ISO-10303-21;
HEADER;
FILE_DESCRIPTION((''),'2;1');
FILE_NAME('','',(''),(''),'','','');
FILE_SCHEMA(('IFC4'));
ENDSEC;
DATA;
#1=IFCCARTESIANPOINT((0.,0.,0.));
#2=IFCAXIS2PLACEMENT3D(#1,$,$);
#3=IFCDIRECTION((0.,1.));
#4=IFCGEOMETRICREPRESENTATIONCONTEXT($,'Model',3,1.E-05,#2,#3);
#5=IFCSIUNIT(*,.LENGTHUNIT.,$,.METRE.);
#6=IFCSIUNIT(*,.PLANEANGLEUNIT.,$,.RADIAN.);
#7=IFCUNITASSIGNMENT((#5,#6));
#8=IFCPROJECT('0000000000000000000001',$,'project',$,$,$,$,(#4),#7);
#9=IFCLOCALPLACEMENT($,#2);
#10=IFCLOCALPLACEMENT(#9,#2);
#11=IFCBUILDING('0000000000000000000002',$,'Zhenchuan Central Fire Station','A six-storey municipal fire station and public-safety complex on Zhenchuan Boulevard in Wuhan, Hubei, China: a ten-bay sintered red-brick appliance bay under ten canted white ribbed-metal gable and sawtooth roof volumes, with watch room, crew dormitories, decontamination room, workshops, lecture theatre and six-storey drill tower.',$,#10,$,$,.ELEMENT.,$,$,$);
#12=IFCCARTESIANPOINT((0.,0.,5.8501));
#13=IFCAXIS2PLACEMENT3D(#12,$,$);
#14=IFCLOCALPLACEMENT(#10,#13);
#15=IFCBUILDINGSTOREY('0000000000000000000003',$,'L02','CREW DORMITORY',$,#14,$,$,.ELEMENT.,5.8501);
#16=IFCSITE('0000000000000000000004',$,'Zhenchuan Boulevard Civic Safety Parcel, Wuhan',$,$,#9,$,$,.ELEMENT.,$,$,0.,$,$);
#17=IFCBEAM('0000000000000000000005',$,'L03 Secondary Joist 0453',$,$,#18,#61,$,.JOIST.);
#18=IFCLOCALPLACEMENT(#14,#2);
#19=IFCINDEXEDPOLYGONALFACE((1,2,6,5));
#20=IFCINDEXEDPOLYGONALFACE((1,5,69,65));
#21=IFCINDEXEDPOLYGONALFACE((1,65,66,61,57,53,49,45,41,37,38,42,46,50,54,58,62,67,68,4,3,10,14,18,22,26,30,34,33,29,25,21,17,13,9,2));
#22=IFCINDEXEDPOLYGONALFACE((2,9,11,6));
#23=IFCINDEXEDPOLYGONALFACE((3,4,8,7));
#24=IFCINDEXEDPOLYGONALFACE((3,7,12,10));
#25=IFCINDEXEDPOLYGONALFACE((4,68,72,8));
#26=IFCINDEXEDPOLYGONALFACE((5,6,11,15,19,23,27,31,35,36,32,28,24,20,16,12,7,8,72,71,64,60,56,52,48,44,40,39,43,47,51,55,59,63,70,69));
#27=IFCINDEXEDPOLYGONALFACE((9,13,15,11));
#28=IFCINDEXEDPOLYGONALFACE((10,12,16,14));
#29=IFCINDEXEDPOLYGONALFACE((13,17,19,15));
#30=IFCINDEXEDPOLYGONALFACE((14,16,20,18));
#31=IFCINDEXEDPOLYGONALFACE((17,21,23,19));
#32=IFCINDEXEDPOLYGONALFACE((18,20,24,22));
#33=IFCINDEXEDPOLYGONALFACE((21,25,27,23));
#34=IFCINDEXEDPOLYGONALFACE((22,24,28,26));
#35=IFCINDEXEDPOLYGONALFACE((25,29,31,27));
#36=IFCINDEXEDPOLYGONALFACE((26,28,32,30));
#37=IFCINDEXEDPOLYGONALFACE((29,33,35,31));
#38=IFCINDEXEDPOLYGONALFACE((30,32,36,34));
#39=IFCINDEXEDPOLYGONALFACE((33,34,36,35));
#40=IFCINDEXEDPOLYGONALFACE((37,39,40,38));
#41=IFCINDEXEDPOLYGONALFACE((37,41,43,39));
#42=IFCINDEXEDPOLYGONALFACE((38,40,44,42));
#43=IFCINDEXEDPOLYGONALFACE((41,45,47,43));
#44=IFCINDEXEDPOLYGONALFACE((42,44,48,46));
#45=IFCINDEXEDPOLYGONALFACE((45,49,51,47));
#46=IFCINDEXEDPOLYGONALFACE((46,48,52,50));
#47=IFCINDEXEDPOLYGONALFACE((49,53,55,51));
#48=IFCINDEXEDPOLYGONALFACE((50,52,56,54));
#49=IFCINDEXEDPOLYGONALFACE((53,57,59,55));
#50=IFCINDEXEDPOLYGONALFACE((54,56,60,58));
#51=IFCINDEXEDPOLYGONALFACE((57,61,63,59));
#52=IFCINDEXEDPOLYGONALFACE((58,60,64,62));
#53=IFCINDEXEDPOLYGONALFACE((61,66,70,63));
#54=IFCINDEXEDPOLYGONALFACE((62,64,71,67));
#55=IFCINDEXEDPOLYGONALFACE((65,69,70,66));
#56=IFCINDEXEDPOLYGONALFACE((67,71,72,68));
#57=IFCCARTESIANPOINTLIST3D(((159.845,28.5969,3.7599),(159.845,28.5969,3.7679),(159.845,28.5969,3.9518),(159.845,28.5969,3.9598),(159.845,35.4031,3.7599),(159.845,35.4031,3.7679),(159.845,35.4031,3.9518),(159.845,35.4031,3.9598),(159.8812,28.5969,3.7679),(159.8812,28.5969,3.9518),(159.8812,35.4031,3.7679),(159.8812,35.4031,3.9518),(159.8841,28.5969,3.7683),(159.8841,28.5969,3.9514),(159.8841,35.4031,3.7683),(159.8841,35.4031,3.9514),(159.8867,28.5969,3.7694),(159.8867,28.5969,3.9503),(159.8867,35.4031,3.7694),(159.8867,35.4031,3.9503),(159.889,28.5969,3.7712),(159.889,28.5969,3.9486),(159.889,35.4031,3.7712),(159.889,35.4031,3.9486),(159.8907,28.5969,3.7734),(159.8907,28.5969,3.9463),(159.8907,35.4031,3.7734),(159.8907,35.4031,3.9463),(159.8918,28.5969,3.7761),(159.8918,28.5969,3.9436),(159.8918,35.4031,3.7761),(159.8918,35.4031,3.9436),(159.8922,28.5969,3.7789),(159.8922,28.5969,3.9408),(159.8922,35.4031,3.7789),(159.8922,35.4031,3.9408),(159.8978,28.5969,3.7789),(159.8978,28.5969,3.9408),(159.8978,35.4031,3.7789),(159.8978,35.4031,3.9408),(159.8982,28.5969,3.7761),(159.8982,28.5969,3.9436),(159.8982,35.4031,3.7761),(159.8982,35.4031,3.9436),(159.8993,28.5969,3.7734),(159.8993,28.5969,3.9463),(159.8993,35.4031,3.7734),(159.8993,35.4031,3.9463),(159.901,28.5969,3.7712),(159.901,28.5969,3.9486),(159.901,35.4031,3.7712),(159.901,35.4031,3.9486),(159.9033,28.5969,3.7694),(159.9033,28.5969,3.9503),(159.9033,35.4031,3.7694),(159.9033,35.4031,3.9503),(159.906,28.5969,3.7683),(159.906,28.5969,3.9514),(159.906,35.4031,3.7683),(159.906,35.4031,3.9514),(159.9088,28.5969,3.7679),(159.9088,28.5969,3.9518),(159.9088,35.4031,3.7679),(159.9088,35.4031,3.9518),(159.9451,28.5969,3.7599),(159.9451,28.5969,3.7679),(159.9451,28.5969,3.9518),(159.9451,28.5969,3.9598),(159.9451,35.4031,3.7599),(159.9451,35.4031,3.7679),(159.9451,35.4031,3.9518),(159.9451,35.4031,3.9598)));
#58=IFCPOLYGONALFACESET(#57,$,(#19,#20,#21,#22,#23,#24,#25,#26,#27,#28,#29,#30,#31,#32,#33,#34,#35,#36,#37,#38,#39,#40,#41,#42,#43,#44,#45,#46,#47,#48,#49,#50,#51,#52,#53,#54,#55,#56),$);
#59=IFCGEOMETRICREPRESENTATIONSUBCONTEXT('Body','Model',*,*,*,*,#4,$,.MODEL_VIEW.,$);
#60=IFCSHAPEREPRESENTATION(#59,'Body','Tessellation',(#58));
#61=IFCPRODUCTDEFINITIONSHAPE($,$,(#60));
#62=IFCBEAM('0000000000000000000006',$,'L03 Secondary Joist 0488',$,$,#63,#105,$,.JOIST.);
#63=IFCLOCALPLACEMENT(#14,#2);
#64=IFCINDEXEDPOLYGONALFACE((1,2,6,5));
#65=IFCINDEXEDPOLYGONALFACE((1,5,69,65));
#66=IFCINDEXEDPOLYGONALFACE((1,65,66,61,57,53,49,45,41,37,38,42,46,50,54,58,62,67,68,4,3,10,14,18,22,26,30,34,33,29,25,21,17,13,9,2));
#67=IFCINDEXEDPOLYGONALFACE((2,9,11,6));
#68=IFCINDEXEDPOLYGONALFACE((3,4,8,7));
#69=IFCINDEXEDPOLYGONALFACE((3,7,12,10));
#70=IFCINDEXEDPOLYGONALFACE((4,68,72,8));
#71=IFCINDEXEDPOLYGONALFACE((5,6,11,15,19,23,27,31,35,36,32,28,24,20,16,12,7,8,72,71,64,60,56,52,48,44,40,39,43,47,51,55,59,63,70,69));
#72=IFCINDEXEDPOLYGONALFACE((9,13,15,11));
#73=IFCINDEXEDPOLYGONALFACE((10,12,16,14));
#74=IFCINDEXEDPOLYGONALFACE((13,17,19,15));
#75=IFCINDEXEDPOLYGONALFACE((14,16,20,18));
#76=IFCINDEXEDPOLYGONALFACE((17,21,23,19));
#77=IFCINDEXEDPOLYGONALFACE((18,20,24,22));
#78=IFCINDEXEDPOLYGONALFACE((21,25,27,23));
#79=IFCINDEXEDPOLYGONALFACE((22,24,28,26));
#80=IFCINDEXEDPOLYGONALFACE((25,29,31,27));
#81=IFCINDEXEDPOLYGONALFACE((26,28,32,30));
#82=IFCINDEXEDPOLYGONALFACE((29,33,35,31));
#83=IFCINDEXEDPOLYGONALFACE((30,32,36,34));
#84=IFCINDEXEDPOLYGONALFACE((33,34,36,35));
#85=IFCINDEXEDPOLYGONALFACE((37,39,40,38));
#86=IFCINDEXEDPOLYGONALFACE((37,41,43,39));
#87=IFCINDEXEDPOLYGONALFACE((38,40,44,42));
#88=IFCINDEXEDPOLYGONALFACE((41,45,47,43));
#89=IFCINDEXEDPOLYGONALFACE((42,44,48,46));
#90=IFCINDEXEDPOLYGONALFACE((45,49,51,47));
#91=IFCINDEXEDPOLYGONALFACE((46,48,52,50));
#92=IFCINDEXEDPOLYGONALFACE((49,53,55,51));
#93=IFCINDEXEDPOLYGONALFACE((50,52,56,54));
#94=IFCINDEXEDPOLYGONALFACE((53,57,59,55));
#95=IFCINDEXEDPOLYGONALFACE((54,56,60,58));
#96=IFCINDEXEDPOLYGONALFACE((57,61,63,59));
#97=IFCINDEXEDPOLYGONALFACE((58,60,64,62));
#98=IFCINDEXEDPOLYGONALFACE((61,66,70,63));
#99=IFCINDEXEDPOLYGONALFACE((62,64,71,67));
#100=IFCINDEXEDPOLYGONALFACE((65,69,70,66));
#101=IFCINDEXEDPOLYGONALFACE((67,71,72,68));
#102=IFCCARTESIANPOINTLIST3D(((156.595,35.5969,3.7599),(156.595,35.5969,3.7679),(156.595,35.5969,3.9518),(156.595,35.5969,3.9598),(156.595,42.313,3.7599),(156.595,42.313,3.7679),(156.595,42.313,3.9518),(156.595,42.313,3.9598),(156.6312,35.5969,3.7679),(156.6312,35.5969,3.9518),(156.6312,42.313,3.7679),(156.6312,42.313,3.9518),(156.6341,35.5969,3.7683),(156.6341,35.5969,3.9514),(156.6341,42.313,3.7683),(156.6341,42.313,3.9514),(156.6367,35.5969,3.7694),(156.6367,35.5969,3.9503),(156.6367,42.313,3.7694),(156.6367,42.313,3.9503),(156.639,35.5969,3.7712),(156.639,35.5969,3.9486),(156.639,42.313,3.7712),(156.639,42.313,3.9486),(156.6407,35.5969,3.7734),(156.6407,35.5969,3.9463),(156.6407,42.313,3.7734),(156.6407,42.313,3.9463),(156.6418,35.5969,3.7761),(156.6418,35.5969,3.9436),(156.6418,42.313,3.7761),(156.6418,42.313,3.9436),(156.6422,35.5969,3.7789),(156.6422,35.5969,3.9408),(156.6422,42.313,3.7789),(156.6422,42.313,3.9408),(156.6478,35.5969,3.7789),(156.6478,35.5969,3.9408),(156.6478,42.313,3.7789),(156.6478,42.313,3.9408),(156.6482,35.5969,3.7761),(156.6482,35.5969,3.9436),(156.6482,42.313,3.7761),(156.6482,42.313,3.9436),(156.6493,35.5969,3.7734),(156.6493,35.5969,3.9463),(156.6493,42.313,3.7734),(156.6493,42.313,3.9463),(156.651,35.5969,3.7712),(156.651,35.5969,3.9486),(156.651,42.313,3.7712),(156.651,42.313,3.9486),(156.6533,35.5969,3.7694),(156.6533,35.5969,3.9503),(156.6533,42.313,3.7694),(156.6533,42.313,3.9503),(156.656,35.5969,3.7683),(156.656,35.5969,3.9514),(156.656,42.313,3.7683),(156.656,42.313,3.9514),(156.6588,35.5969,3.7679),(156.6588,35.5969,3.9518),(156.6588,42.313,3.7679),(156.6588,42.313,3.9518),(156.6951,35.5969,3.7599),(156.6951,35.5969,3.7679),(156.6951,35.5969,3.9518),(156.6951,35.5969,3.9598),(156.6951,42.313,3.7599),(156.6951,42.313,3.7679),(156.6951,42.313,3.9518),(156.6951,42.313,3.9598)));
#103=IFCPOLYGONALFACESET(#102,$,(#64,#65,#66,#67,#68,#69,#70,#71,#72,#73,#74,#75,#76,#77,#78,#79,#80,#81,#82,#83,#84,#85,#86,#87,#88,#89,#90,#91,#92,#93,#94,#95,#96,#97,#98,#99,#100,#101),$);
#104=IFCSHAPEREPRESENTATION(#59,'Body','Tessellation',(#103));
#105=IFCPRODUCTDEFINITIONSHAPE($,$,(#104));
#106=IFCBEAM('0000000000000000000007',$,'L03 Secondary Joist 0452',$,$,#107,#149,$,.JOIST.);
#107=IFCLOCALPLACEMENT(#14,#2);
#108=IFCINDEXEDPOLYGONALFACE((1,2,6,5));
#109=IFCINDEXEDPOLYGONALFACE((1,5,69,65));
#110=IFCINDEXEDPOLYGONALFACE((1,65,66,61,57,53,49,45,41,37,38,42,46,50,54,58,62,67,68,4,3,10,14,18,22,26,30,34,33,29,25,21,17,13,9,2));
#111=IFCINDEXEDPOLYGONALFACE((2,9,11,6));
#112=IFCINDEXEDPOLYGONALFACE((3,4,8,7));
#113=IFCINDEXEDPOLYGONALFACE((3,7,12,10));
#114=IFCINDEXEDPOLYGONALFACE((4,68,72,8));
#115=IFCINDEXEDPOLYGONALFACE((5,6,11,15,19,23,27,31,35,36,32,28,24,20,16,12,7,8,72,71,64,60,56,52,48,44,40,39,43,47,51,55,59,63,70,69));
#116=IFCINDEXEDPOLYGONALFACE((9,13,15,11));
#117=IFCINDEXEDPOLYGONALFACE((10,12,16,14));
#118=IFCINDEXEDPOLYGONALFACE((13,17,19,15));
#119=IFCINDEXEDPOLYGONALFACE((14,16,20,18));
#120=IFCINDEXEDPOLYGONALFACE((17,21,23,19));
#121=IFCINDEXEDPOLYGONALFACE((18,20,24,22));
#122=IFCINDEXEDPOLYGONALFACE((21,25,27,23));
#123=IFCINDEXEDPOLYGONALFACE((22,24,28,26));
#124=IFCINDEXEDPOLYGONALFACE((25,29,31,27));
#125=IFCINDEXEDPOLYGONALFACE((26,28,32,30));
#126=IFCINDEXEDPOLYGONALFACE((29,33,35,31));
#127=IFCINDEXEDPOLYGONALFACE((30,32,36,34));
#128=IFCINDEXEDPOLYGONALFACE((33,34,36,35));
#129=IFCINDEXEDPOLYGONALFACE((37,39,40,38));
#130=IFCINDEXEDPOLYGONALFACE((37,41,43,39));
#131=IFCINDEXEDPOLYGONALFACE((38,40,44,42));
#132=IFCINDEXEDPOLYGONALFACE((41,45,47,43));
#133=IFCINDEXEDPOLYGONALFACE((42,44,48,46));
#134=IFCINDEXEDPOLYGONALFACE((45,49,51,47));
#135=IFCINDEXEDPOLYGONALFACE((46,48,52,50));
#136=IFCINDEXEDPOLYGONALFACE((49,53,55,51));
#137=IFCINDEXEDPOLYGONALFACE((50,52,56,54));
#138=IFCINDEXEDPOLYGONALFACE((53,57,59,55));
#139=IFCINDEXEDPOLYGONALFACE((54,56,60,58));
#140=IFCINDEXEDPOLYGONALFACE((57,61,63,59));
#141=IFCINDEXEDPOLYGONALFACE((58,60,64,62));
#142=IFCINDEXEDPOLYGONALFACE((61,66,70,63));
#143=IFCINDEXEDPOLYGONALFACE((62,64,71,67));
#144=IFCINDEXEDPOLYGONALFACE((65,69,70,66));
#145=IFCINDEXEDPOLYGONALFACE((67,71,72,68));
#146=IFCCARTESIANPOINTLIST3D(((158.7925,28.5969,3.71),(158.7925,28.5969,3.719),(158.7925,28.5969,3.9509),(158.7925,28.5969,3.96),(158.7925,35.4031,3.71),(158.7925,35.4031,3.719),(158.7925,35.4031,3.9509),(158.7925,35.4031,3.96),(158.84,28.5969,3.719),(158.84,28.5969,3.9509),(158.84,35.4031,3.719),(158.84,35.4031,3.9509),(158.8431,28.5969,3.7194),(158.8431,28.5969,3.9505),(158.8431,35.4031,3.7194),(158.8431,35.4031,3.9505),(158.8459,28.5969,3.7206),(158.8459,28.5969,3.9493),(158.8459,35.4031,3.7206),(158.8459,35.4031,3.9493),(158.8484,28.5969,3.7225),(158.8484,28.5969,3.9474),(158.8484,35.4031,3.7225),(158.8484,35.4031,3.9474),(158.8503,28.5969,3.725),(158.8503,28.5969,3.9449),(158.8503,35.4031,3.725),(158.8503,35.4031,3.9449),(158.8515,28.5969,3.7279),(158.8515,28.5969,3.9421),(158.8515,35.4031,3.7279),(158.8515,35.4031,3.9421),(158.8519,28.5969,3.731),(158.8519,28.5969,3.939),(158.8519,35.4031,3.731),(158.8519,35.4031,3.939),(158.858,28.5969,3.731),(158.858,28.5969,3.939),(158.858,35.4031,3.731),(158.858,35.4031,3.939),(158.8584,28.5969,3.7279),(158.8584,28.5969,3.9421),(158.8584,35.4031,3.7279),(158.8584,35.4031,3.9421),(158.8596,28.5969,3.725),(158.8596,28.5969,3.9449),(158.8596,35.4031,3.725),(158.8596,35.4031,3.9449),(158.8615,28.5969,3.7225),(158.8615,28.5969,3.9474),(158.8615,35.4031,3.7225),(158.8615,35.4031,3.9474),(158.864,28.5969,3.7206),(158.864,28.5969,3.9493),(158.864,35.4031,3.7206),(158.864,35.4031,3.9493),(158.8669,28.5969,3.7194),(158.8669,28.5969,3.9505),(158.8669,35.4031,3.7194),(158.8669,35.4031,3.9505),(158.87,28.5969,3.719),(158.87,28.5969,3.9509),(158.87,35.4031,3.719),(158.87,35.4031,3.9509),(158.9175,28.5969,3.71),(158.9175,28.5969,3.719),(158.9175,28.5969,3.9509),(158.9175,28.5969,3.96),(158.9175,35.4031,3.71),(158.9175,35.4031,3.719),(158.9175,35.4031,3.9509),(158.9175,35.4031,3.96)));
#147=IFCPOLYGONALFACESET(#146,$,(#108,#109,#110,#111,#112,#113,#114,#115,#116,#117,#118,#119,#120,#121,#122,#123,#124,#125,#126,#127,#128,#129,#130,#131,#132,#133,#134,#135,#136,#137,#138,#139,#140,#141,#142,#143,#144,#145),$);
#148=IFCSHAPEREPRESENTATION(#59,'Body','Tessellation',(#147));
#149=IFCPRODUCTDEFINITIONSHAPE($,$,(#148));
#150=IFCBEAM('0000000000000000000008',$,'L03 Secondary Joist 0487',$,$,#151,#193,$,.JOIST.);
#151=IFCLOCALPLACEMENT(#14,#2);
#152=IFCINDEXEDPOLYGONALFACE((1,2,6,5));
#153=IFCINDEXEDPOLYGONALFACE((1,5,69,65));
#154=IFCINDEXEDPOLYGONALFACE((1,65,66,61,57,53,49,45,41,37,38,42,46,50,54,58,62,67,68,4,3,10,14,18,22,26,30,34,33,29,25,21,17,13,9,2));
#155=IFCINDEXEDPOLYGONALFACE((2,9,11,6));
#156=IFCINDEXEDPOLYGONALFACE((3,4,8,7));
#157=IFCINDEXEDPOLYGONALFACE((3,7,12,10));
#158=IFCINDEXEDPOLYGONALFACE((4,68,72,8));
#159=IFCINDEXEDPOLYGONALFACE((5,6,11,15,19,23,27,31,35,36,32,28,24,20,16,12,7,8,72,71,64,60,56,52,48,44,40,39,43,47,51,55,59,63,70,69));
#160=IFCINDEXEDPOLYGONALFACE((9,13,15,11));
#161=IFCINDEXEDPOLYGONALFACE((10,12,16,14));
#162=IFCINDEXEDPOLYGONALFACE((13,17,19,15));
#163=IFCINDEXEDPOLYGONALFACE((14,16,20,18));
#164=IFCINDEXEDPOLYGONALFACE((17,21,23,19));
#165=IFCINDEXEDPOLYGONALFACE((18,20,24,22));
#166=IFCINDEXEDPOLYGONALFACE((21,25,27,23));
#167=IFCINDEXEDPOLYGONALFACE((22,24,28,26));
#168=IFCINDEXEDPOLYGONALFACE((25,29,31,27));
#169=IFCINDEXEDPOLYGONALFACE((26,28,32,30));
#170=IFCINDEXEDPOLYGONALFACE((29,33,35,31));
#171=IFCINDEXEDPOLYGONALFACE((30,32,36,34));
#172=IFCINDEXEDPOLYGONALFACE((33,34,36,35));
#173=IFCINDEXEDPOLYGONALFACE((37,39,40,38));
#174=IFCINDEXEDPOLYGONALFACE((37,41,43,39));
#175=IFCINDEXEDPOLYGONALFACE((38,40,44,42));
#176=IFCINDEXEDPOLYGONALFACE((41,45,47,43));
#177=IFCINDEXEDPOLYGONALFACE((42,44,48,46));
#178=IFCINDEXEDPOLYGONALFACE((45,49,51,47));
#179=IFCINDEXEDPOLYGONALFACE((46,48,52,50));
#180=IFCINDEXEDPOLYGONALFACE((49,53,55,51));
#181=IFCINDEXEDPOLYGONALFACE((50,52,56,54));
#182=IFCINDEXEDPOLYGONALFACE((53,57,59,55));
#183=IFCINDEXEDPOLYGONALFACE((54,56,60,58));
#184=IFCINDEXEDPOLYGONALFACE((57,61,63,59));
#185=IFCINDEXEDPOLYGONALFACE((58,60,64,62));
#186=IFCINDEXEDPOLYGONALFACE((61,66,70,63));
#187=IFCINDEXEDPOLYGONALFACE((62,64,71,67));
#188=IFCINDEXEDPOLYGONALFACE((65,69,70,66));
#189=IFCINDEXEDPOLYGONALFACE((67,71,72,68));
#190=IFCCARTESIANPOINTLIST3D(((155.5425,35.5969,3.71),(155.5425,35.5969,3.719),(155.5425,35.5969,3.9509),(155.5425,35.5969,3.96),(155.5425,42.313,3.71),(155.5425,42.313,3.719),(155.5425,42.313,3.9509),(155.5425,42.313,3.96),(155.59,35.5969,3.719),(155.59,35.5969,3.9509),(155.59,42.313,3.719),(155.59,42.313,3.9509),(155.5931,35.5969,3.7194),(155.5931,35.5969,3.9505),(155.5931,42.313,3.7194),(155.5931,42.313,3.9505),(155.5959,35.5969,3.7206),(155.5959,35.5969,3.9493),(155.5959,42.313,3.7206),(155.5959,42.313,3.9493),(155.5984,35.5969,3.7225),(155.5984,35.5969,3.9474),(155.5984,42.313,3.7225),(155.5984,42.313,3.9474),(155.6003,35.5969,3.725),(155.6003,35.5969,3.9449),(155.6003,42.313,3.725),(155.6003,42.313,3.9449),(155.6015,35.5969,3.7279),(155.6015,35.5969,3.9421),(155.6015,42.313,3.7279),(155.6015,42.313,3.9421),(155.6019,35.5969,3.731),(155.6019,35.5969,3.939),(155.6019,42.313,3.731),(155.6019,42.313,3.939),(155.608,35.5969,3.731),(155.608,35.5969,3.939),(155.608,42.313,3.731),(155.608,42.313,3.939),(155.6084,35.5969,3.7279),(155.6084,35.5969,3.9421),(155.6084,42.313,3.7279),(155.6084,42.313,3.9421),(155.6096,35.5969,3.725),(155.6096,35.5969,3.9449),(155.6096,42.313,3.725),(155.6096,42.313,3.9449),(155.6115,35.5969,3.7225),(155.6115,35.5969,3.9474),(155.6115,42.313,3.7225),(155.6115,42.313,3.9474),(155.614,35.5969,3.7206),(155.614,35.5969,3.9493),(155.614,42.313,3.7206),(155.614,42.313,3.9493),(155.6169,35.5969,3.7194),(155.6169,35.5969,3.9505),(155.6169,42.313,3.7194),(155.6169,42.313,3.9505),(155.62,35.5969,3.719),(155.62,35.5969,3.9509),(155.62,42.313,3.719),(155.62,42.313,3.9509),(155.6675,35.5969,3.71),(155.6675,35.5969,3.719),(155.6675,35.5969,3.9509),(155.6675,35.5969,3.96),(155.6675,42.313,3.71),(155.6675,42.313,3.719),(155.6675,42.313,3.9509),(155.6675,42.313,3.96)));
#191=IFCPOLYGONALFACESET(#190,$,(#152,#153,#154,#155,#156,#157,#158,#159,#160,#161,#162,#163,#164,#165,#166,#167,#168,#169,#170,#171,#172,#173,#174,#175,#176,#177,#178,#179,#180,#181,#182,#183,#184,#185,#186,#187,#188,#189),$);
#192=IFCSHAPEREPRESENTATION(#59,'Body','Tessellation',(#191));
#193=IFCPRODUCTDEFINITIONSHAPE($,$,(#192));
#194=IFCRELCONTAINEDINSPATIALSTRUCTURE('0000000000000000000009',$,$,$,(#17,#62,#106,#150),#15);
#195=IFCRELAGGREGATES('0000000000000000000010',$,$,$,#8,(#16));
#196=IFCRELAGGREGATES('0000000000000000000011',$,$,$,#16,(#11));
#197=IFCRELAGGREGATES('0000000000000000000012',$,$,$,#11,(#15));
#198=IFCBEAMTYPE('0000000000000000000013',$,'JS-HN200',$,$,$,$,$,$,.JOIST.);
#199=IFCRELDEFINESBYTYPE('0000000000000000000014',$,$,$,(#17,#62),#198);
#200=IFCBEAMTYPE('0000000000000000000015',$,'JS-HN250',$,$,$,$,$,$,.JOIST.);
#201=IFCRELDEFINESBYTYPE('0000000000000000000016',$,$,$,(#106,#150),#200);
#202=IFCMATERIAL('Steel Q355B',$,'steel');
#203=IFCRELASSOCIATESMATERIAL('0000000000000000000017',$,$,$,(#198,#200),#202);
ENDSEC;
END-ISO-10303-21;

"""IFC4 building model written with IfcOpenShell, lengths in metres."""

from ifc_helpers import new_model, si_unit, direction, frame, origin, origin_2d, place, context, subcontext, project, spatial, i_section, extrude, material, material_profile, profile_set, type_object, element, save


model = new_model("IFC4")

# Units and contexts
model_context = context("Model", 3, precision=1e-05, world=origin(), true_north=direction((0.0, 1.0)))
body_context = subcontext(model_context, "Body", "Model", "MODEL_VIEW")
ifc_project = project(units=[si_unit("LENGTHUNIT", "METRE"), si_unit("PLANEANGLEUNIT", "RADIAN")], contexts=[model_context])

# Site, building, storey
site_placement = place(None, origin())
site = spatial("IfcSite", under=ifc_project, at=site_placement, Name="Zhenchuan Boulevard Civic Safety Parcel, Wuhan", CompositionType="ELEMENT", RefElevation=0.0)
building_placement = place(site_placement, origin())
building = spatial("IfcBuilding", under=site, at=building_placement, Name="Zhenchuan Central Fire Station", Description="A six-storey municipal fire station and public-safety complex on Zhenchuan Boulevard in Wuhan, Hubei, China: a ten-bay sintered red-brick appliance bay under ten canted white ribbed-metal gable and sawtooth roof volumes, with watch room, crew dormitories, decontamination room, workshops, lecture theatre and six-storey drill tower.", CompositionType="ELEMENT")
storey_placement = place(building_placement, frame((0.0, 0.0, 5.8501)))
storey = spatial("IfcBuildingStorey", under=building, at=storey_placement, Name="L02", Description="CREW DORMITORY", CompositionType="ELEMENT", Elevation=5.8501)

# Beams
ifc_material_1 = material(Name="Steel Q355B", Category="steel")
ifc_material_profile_1 = material_profile(ifc_material_1, i_section(OverallWidth=0.1001, OverallDepth=0.2, WebThickness=0.0056, FlangeThickness=0.0081, FilletRadius=0.011, at=origin_2d()), Name="HN 200x100")
ifc_profile_set_1 = profile_set([ifc_material_profile_1], Name="Steel Q355B")
beam_type_1 = type_object("IfcBeamType", Name="JS-HN200", PredefinedType="JOIST", material=ifc_profile_set_1)
beam_1_placement = place(storey_placement, frame((159.895, 28.5969, 3.8599), z_axis=(0.0, 1.0, 0.0), x_axis=(-1.0, 0.0, 0.0)))
element("IfcBeam", 1, at=beam_1_placement, inside=storey, type_object=beam_type_1, Name="L03 Secondary Joist 0453", PredefinedType="JOIST", context=body_context, shape_type="SweptSolid", body=[
    extrude(i_section(OverallWidth=0.1001, OverallDepth=0.2, WebThickness=0.0056, FlangeThickness=0.0081, FilletRadius=0.011, at=origin_2d()), origin(), (0.0, 0.0, 1.0), 6.8062),
])
beam_2_placement = place(storey_placement, frame((156.645, 35.5969, 3.8599), z_axis=(0.0, 1.0, 0.0), x_axis=(-1.0, 0.0, 0.0)))
element("IfcBeam", 2, at=beam_2_placement, inside=storey, type_object=beam_type_1, Name="L03 Secondary Joist 0488", PredefinedType="JOIST", context=body_context, shape_type="SweptSolid", body=[
    extrude(i_section(OverallWidth=0.1001, OverallDepth=0.2, WebThickness=0.0056, FlangeThickness=0.0081, FilletRadius=0.011, at=origin_2d()), origin(), (0.0, 0.0, 1.0), 6.7161),
])
ifc_material_profile_2 = material_profile(ifc_material_1, i_section(OverallWidth=0.125, OverallDepth=0.25, WebThickness=0.0061, FlangeThickness=0.009, FilletRadius=0.012, at=origin_2d()), Name="HN 250x125")
ifc_profile_set_2 = profile_set([ifc_material_profile_2], Name="Steel Q355B")
beam_type_2 = type_object("IfcBeamType", Name="JS-HN250", PredefinedType="JOIST", material=ifc_profile_set_2)
beam_3_placement = place(storey_placement, frame((158.855, 28.5969, 3.835), z_axis=(0.0, 1.0, 0.0), x_axis=(-1.0, 0.0, 0.0)))
element("IfcBeam", 3, at=beam_3_placement, inside=storey, type_object=beam_type_2, Name="L03 Secondary Joist 0452", PredefinedType="JOIST", context=body_context, shape_type="SweptSolid", body=[
    extrude(i_section(OverallWidth=0.125, OverallDepth=0.25, WebThickness=0.0061, FlangeThickness=0.009, FilletRadius=0.012, at=origin_2d()), origin(), (0.0, 0.0, 1.0), 6.8062),
])
beam_4_placement = place(storey_placement, frame((155.605, 35.5969, 3.835), z_axis=(0.0, 1.0, 0.0), x_axis=(-1.0, 0.0, 0.0)))
element("IfcBeam", 4, at=beam_4_placement, inside=storey, type_object=beam_type_2, Name="L03 Secondary Joist 0487", PredefinedType="JOIST", context=body_context, shape_type="SweptSolid", body=[
    extrude(i_section(OverallWidth=0.125, OverallDepth=0.25, WebThickness=0.0061, FlangeThickness=0.009, FilletRadius=0.012, at=origin_2d()), origin(), (0.0, 0.0, 1.0), 6.7161),
])

save(model, "model.ifc")
